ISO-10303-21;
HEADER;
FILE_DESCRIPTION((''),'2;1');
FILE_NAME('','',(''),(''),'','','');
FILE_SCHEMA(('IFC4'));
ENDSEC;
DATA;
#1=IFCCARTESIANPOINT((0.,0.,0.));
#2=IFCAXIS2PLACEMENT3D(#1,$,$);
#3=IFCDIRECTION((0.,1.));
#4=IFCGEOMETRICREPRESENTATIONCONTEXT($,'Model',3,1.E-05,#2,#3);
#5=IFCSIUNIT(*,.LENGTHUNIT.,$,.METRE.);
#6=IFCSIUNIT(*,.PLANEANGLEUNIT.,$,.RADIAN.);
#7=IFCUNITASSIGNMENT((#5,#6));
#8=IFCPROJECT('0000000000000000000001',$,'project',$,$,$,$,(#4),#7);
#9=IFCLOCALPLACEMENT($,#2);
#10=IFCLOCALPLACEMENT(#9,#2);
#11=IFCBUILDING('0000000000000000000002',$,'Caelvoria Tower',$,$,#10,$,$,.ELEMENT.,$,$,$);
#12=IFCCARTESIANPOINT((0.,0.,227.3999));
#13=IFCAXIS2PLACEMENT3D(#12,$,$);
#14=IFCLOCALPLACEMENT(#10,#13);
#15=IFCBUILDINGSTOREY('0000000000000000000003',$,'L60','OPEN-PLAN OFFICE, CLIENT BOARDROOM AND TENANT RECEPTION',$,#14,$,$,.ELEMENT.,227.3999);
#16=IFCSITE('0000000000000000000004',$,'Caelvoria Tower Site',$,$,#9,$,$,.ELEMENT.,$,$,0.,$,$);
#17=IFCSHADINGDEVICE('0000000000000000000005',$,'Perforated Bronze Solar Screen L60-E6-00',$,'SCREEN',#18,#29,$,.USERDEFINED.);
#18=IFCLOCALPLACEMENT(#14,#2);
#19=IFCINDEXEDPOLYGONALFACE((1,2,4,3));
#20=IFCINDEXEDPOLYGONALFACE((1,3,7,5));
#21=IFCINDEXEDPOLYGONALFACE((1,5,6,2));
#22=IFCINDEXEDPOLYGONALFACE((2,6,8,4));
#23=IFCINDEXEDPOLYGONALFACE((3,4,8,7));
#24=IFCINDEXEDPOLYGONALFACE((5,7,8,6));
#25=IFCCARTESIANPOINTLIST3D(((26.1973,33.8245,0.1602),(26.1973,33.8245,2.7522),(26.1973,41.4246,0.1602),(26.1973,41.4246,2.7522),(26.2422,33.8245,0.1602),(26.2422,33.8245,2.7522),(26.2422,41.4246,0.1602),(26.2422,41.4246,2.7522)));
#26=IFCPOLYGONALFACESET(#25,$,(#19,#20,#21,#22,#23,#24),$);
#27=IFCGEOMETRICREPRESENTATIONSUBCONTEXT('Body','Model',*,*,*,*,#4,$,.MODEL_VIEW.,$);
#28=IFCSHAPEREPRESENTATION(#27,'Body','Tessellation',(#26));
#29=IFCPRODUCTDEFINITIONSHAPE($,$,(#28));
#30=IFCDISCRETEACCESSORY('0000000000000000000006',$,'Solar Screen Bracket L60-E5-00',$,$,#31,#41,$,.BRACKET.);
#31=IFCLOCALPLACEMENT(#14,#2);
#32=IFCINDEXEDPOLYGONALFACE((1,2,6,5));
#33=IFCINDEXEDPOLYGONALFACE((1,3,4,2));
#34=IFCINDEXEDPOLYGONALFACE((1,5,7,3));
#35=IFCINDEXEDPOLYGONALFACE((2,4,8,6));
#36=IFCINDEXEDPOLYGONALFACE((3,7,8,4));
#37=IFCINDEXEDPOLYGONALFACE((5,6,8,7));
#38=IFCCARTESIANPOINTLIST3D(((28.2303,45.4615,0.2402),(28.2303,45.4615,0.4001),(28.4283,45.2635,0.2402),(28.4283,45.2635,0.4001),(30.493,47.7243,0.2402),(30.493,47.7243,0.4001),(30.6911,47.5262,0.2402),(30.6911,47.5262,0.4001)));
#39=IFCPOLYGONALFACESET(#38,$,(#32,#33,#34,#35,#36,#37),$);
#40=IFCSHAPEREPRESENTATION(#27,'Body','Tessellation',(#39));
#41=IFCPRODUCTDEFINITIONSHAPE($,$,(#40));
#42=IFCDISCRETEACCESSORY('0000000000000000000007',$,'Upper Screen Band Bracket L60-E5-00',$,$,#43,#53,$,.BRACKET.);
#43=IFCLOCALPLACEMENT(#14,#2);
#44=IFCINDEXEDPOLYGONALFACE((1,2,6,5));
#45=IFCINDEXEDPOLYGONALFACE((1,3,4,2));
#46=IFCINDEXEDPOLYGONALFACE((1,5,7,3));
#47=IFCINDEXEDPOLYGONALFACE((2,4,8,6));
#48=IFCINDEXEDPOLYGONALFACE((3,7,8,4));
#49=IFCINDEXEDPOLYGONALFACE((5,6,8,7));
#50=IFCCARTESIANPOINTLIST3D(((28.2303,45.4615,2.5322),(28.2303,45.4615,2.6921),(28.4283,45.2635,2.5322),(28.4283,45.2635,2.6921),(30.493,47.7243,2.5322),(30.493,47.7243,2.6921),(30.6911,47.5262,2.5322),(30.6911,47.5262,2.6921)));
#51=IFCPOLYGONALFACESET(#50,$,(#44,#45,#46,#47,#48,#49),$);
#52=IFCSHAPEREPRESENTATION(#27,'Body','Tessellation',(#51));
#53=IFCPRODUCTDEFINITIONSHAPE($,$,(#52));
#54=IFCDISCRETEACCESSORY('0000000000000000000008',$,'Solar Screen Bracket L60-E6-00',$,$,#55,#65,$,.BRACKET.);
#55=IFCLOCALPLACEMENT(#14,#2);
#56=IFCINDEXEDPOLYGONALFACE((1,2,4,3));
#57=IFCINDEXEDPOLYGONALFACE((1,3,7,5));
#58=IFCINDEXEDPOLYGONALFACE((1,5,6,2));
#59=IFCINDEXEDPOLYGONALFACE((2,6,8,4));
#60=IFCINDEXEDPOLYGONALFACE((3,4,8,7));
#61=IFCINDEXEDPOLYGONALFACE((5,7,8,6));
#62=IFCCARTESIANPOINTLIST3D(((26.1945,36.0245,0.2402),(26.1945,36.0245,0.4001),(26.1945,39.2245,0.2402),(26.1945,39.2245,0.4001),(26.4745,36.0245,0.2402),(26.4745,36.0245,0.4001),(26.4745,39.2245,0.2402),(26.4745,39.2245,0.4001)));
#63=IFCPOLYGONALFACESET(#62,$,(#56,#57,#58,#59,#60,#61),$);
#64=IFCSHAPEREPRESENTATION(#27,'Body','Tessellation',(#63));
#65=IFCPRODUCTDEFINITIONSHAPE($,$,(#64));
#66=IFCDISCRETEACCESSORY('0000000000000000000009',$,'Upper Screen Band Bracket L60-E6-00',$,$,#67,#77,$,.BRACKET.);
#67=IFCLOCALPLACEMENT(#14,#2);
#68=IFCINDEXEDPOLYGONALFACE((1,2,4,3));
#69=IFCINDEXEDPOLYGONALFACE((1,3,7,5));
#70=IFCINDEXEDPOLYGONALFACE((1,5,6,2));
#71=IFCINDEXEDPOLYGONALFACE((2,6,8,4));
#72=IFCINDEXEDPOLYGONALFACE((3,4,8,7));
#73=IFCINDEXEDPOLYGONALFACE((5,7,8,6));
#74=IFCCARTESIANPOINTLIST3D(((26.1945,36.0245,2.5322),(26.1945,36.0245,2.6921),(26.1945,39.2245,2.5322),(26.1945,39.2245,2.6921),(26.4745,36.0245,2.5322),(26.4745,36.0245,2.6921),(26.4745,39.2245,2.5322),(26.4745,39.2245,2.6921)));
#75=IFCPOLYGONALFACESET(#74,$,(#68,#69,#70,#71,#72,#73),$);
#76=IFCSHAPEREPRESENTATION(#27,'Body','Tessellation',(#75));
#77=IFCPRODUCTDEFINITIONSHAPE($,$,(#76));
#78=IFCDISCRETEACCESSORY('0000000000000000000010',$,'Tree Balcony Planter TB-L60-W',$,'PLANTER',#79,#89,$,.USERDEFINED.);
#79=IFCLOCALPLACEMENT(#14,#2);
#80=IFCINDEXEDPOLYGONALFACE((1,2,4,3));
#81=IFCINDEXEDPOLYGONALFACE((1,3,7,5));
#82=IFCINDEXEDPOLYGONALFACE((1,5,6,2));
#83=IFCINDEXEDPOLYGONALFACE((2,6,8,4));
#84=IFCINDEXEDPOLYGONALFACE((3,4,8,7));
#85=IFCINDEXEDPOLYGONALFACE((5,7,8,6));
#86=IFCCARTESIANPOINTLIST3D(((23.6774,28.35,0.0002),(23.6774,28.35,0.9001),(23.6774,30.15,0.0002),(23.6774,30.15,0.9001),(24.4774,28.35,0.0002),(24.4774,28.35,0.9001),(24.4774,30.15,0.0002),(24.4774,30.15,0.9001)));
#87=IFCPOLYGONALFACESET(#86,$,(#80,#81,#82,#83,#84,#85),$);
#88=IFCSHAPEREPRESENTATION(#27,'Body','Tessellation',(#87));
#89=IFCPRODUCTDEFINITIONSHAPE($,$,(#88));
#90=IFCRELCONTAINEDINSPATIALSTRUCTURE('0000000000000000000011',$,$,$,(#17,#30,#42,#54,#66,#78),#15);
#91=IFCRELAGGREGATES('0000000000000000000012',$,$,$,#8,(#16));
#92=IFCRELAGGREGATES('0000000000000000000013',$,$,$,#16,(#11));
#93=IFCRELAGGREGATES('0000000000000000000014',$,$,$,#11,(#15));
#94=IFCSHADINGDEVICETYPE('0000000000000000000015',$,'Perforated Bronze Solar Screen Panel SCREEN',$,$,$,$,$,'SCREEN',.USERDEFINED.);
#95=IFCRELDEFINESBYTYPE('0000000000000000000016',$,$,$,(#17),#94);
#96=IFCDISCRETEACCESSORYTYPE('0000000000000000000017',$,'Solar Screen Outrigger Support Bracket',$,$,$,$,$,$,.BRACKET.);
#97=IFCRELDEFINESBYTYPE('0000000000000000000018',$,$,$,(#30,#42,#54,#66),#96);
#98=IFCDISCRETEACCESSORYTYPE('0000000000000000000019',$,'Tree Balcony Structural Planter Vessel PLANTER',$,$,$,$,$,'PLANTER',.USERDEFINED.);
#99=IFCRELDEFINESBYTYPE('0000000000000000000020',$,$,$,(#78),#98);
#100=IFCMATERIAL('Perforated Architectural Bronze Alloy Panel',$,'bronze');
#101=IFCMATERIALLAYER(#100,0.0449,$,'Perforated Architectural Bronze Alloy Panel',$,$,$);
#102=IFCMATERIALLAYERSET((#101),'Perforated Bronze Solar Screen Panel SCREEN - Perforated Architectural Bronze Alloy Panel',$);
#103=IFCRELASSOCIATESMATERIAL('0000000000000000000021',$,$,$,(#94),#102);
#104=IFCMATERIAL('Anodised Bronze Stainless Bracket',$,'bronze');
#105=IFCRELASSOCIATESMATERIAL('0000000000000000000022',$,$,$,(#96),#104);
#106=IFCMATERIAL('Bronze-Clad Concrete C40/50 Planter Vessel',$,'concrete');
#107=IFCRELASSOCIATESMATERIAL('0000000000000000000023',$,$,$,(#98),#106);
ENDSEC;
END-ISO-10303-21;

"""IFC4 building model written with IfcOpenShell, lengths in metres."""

from ifc_helpers import new_model, si_unit, direction, frame, origin, origin_2d, place, context, subcontext, project, spatial, rectangle, extrude, material, layer, layer_set, type_object, element, save


model = new_model("IFC4")

# Units and contexts
model_context = context("Model", 3, precision=1e-05, world=origin(), true_north=direction((0.0, 1.0)))
body_context = subcontext(model_context, "Body", "Model", "MODEL_VIEW")
ifc_project = project(units=[si_unit("LENGTHUNIT", "METRE"), si_unit("PLANEANGLEUNIT", "RADIAN")], contexts=[model_context])

# Site, building, storey
site_placement = place(None, origin())
site = spatial("IfcSite", under=ifc_project, at=site_placement, Name="Caelvoria Tower Site", CompositionType="ELEMENT", RefElevation=0.0)
building_placement = place(site_placement, origin())
building = spatial("IfcBuilding", under=site, at=building_placement, Name="Caelvoria Tower", CompositionType="ELEMENT")
storey_placement = place(building_placement, frame((0.0, 0.0, 227.3999)))
storey = spatial("IfcBuildingStorey", under=building, at=storey_placement, Name="L60", Description="OPEN-PLAN OFFICE, CLIENT BOARDROOM AND TENANT RECEPTION", CompositionType="ELEMENT", Elevation=227.3999)

# Shading device
ifc_material_1 = material(Name="Perforated Architectural Bronze Alloy Panel", Category="bronze")
ifc_layer_1 = layer(ifc_material_1, 0.0449, Name="Perforated Architectural Bronze Alloy Panel")
ifc_layer_set_1 = layer_set([ifc_layer_1], Name="Perforated Bronze Solar Screen Panel SCREEN - Perforated Architectural Bronze Alloy Panel")
shading_device_type = type_object("IfcShadingDeviceType", Name="Perforated Bronze Solar Screen Panel SCREEN", ElementType="SCREEN", PredefinedType="USERDEFINED", material=ifc_layer_set_1)
shading_device_1_placement = place(storey_placement, frame((26.2197, 37.6245, 0.1602), z_axis=(0.0, 0.0, 1.0), x_axis=(0.0, -1.0, 0.0)))
element("IfcShadingDevice", 1, at=shading_device_1_placement, inside=storey, type_object=shading_device_type, Name="Perforated Bronze Solar Screen L60-E6-00", ObjectType="SCREEN", PredefinedType="USERDEFINED", context=body_context, shape_type="SweptSolid", body=[
    extrude(rectangle(XDim=7.6001, YDim=0.0449, at=origin_2d()), origin(), (0.0, 0.0, 1.0), 2.592),
])

# Discrete accessories
ifc_material_2 = material(Name="Anodised Bronze Stainless Bracket", Category="bronze")
discrete_accessory_type_1 = type_object("IfcDiscreteAccessoryType", Name="Solar Screen Outrigger Support Bracket", PredefinedType="BRACKET", material=ifc_material_2)
for number, where, z_axis, x_axis, name in (
    (2, (29.4607, 46.4939, 0.2402), (0.0, 0.0, 1.0), (-0.707107, -0.707107, 0.0), "Solar Screen Bracket L60-E5-00"),
    (3, (29.4607, 46.4939, 2.5322), (0.0, 0.0, 1.0), (-0.707107, -0.707107, 0.0), "Upper Screen Band Bracket L60-E5-00"),
    (4, (26.3345, 37.6245, 0.2402), (0.0, 0.0, 1.0), (0.0, -1.0, 0.0), "Solar Screen Bracket L60-E6-00"),
    (5, (26.3345, 37.6245, 2.5322), (0.0, 0.0, 1.0), (0.0, -1.0, 0.0), "Upper Screen Band Bracket L60-E6-00"),
):
    element("IfcDiscreteAccessory", number, at=place(storey_placement, frame(where, z_axis=z_axis, x_axis=x_axis)), inside=storey, type_object=discrete_accessory_type_1, Name=name, PredefinedType="BRACKET", context=body_context, shape_type="SweptSolid", body=[
        extrude(rectangle(XDim=3.2, YDim=0.28, at=origin_2d()), origin(), (0.0, 0.0, 1.0), 0.1599),
    ])
ifc_material_3 = material(Name="Bronze-Clad Concrete C40/50 Planter Vessel", Category="concrete")
discrete_accessory_type_2 = type_object("IfcDiscreteAccessoryType", Name="Tree Balcony Structural Planter Vessel PLANTER", ElementType="PLANTER", PredefinedType="USERDEFINED", material=ifc_material_3)
discrete_accessory_placement = place(storey_placement, frame((24.0774, 29.25, 0.0002), z_axis=(0.0, 0.0, 1.0), x_axis=(0.0, 1.0, 0.0)))
element("IfcDiscreteAccessory", 6, at=discrete_accessory_placement, inside=storey, type_object=discrete_accessory_type_2, Name="Tree Balcony Planter TB-L60-W", ObjectType="PLANTER", PredefinedType="USERDEFINED", context=body_context, shape_type="SweptSolid", body=[
    extrude(rectangle(XDim=1.8, YDim=0.8, at=origin_2d()), origin(), (0.0, 0.0, 1.0), 0.8999),
])

save(model, "model.ifc")
